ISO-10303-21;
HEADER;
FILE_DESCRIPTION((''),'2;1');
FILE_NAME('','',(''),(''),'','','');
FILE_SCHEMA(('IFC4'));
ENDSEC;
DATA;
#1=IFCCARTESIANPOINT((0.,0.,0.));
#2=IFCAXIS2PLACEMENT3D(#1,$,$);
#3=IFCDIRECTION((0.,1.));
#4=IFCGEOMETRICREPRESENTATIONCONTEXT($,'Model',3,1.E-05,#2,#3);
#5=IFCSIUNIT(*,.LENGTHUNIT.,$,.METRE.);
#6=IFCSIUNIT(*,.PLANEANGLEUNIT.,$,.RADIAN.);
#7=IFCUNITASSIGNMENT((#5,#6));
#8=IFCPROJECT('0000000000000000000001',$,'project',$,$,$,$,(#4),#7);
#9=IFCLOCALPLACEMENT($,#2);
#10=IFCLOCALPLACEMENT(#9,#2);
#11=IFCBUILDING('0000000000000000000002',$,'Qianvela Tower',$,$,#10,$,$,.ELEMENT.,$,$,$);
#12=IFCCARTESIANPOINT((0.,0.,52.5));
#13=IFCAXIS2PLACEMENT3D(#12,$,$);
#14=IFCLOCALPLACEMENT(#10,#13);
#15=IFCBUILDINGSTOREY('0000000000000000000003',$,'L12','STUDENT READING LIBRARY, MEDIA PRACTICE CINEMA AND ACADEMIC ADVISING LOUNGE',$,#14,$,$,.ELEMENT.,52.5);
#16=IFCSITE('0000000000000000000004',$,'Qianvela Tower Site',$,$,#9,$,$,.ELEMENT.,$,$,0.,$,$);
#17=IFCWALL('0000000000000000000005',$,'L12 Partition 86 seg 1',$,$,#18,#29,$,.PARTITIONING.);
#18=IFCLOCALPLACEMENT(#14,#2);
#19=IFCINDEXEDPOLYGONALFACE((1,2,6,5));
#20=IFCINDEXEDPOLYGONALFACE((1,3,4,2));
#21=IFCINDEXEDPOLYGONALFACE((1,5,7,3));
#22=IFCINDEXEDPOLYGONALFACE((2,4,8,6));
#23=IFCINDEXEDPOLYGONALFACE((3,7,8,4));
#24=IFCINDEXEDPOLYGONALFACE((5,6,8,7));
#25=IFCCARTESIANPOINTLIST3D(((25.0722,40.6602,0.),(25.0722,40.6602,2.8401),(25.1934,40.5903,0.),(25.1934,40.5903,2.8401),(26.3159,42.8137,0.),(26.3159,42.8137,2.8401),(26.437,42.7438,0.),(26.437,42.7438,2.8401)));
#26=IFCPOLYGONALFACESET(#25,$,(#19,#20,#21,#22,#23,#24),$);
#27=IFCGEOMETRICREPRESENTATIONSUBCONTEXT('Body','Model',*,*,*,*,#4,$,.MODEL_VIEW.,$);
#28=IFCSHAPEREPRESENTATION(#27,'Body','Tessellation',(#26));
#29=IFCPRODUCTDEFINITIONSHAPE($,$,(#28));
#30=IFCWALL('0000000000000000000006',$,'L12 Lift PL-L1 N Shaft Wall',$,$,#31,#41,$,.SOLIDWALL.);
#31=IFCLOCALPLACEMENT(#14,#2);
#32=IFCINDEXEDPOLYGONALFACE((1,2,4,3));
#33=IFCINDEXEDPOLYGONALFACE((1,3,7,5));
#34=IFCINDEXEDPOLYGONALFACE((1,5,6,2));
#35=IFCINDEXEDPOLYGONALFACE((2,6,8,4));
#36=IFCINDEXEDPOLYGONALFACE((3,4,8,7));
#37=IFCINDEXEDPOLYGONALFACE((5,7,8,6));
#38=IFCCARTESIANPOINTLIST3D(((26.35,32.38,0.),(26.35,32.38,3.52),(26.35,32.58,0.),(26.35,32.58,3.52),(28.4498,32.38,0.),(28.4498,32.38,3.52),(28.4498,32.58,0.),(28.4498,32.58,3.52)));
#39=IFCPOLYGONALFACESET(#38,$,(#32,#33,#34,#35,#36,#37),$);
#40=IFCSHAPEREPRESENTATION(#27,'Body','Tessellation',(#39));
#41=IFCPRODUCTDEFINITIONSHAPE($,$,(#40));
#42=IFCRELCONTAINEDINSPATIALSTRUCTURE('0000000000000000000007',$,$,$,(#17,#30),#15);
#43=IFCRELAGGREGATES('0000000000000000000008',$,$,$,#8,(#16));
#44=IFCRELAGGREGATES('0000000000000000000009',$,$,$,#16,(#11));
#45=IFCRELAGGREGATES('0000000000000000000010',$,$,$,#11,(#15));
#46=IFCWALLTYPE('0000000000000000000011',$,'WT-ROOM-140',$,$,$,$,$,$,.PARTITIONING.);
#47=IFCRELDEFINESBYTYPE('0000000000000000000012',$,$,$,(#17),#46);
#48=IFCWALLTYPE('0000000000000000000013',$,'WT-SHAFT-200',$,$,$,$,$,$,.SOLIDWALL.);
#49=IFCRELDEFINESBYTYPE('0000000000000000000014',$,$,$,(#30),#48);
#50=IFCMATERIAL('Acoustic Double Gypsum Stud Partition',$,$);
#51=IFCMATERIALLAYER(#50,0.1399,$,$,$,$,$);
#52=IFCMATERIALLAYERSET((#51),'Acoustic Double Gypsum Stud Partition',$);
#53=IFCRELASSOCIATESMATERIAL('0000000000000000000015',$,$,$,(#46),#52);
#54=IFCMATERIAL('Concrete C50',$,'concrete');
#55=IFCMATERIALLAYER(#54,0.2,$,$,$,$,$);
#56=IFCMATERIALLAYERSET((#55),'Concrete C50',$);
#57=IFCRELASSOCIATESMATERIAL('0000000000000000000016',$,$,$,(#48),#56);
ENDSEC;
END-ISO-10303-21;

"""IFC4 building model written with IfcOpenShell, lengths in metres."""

from ifc_helpers import new_model, si_unit, direction, frame, frame_2d, origin, place, context, subcontext, project, spatial, rectangle, extrude, material, layer, layer_set, type_object, element, save


model = new_model("IFC4")

# Units and contexts
model_context = context("Model", 3, precision=1e-05, world=origin(), true_north=direction((0.0, 1.0)))
body_context = subcontext(model_context, "Body", "Model", "MODEL_VIEW")
ifc_project = project(units=[si_unit("LENGTHUNIT", "METRE"), si_unit("PLANEANGLEUNIT", "RADIAN")], contexts=[model_context])

# Site, building, storey
site_placement = place(None, origin())
site = spatial("IfcSite", under=ifc_project, at=site_placement, Name="Qianvela Tower Site", CompositionType="ELEMENT", RefElevation=0.0)
building_placement = place(site_placement, origin())
building = spatial("IfcBuilding", under=site, at=building_placement, Name="Qianvela Tower", CompositionType="ELEMENT")
storey_placement = place(building_placement, frame((0.0, 0.0, 52.5)))
storey = spatial("IfcBuildingStorey", under=building, at=storey_placement, Name="L12", Description="STUDENT READING LIBRARY, MEDIA PRACTICE CINEMA AND ACADEMIC ADVISING LOUNGE", CompositionType="ELEMENT", Elevation=52.5)

# Walls
ifc_material_1 = material(Name="Acoustic Double Gypsum Stud Partition")
ifc_layer_1 = layer(ifc_material_1, 0.1399)
ifc_layer_set_1 = layer_set([ifc_layer_1], Name="Acoustic Double Gypsum Stud Partition")
wall_type_1 = type_object("IfcWallType", Name="WT-ROOM-140", PredefinedType="PARTITIONING", material=ifc_layer_set_1)
wall_1_placement = place(storey_placement, frame((25.1328, 40.6252, 0.0), z_axis=(0.0, 0.0, 1.0), x_axis=(0.500088, 0.865975, 0.0)))
element("IfcWall", 1, at=wall_1_placement, inside=storey, type_object=wall_type_1, Name="L12 Partition 86 seg 1", PredefinedType="PARTITIONING", context=body_context, shape_type="SweptSolid", body=[
    extrude(rectangle(XDim=2.4868, YDim=0.1399, at=frame_2d((1.2434, 0.0))), origin(), (0.0, 0.0, 1.0), 2.8401),
])
ifc_material_2 = material(Name="Concrete C50", Category="concrete")
ifc_layer_2 = layer(ifc_material_2, 0.2)
ifc_layer_set_2 = layer_set([ifc_layer_2], Name="Concrete C50")
wall_type_2 = type_object("IfcWallType", Name="WT-SHAFT-200", PredefinedType="SOLIDWALL", material=ifc_layer_set_2)
wall_2_placement = place(storey_placement, frame((26.3501, 32.48, 0.0), z_axis=(0.0, 0.0, 1.0), x_axis=(1.0, 0.0, 0.0)))
element("IfcWall", 2, at=wall_2_placement, inside=storey, type_object=wall_type_2, Name="L12 Lift PL-L1 N Shaft Wall", PredefinedType="SOLIDWALL", context=body_context, shape_type="SweptSolid", body=[
    extrude(rectangle(XDim=2.0999, YDim=0.2, at=frame_2d((1.0498, 0.0))), origin(), (0.0, 0.0, 1.0), 3.52),
])

save(model, "model.ifc")
